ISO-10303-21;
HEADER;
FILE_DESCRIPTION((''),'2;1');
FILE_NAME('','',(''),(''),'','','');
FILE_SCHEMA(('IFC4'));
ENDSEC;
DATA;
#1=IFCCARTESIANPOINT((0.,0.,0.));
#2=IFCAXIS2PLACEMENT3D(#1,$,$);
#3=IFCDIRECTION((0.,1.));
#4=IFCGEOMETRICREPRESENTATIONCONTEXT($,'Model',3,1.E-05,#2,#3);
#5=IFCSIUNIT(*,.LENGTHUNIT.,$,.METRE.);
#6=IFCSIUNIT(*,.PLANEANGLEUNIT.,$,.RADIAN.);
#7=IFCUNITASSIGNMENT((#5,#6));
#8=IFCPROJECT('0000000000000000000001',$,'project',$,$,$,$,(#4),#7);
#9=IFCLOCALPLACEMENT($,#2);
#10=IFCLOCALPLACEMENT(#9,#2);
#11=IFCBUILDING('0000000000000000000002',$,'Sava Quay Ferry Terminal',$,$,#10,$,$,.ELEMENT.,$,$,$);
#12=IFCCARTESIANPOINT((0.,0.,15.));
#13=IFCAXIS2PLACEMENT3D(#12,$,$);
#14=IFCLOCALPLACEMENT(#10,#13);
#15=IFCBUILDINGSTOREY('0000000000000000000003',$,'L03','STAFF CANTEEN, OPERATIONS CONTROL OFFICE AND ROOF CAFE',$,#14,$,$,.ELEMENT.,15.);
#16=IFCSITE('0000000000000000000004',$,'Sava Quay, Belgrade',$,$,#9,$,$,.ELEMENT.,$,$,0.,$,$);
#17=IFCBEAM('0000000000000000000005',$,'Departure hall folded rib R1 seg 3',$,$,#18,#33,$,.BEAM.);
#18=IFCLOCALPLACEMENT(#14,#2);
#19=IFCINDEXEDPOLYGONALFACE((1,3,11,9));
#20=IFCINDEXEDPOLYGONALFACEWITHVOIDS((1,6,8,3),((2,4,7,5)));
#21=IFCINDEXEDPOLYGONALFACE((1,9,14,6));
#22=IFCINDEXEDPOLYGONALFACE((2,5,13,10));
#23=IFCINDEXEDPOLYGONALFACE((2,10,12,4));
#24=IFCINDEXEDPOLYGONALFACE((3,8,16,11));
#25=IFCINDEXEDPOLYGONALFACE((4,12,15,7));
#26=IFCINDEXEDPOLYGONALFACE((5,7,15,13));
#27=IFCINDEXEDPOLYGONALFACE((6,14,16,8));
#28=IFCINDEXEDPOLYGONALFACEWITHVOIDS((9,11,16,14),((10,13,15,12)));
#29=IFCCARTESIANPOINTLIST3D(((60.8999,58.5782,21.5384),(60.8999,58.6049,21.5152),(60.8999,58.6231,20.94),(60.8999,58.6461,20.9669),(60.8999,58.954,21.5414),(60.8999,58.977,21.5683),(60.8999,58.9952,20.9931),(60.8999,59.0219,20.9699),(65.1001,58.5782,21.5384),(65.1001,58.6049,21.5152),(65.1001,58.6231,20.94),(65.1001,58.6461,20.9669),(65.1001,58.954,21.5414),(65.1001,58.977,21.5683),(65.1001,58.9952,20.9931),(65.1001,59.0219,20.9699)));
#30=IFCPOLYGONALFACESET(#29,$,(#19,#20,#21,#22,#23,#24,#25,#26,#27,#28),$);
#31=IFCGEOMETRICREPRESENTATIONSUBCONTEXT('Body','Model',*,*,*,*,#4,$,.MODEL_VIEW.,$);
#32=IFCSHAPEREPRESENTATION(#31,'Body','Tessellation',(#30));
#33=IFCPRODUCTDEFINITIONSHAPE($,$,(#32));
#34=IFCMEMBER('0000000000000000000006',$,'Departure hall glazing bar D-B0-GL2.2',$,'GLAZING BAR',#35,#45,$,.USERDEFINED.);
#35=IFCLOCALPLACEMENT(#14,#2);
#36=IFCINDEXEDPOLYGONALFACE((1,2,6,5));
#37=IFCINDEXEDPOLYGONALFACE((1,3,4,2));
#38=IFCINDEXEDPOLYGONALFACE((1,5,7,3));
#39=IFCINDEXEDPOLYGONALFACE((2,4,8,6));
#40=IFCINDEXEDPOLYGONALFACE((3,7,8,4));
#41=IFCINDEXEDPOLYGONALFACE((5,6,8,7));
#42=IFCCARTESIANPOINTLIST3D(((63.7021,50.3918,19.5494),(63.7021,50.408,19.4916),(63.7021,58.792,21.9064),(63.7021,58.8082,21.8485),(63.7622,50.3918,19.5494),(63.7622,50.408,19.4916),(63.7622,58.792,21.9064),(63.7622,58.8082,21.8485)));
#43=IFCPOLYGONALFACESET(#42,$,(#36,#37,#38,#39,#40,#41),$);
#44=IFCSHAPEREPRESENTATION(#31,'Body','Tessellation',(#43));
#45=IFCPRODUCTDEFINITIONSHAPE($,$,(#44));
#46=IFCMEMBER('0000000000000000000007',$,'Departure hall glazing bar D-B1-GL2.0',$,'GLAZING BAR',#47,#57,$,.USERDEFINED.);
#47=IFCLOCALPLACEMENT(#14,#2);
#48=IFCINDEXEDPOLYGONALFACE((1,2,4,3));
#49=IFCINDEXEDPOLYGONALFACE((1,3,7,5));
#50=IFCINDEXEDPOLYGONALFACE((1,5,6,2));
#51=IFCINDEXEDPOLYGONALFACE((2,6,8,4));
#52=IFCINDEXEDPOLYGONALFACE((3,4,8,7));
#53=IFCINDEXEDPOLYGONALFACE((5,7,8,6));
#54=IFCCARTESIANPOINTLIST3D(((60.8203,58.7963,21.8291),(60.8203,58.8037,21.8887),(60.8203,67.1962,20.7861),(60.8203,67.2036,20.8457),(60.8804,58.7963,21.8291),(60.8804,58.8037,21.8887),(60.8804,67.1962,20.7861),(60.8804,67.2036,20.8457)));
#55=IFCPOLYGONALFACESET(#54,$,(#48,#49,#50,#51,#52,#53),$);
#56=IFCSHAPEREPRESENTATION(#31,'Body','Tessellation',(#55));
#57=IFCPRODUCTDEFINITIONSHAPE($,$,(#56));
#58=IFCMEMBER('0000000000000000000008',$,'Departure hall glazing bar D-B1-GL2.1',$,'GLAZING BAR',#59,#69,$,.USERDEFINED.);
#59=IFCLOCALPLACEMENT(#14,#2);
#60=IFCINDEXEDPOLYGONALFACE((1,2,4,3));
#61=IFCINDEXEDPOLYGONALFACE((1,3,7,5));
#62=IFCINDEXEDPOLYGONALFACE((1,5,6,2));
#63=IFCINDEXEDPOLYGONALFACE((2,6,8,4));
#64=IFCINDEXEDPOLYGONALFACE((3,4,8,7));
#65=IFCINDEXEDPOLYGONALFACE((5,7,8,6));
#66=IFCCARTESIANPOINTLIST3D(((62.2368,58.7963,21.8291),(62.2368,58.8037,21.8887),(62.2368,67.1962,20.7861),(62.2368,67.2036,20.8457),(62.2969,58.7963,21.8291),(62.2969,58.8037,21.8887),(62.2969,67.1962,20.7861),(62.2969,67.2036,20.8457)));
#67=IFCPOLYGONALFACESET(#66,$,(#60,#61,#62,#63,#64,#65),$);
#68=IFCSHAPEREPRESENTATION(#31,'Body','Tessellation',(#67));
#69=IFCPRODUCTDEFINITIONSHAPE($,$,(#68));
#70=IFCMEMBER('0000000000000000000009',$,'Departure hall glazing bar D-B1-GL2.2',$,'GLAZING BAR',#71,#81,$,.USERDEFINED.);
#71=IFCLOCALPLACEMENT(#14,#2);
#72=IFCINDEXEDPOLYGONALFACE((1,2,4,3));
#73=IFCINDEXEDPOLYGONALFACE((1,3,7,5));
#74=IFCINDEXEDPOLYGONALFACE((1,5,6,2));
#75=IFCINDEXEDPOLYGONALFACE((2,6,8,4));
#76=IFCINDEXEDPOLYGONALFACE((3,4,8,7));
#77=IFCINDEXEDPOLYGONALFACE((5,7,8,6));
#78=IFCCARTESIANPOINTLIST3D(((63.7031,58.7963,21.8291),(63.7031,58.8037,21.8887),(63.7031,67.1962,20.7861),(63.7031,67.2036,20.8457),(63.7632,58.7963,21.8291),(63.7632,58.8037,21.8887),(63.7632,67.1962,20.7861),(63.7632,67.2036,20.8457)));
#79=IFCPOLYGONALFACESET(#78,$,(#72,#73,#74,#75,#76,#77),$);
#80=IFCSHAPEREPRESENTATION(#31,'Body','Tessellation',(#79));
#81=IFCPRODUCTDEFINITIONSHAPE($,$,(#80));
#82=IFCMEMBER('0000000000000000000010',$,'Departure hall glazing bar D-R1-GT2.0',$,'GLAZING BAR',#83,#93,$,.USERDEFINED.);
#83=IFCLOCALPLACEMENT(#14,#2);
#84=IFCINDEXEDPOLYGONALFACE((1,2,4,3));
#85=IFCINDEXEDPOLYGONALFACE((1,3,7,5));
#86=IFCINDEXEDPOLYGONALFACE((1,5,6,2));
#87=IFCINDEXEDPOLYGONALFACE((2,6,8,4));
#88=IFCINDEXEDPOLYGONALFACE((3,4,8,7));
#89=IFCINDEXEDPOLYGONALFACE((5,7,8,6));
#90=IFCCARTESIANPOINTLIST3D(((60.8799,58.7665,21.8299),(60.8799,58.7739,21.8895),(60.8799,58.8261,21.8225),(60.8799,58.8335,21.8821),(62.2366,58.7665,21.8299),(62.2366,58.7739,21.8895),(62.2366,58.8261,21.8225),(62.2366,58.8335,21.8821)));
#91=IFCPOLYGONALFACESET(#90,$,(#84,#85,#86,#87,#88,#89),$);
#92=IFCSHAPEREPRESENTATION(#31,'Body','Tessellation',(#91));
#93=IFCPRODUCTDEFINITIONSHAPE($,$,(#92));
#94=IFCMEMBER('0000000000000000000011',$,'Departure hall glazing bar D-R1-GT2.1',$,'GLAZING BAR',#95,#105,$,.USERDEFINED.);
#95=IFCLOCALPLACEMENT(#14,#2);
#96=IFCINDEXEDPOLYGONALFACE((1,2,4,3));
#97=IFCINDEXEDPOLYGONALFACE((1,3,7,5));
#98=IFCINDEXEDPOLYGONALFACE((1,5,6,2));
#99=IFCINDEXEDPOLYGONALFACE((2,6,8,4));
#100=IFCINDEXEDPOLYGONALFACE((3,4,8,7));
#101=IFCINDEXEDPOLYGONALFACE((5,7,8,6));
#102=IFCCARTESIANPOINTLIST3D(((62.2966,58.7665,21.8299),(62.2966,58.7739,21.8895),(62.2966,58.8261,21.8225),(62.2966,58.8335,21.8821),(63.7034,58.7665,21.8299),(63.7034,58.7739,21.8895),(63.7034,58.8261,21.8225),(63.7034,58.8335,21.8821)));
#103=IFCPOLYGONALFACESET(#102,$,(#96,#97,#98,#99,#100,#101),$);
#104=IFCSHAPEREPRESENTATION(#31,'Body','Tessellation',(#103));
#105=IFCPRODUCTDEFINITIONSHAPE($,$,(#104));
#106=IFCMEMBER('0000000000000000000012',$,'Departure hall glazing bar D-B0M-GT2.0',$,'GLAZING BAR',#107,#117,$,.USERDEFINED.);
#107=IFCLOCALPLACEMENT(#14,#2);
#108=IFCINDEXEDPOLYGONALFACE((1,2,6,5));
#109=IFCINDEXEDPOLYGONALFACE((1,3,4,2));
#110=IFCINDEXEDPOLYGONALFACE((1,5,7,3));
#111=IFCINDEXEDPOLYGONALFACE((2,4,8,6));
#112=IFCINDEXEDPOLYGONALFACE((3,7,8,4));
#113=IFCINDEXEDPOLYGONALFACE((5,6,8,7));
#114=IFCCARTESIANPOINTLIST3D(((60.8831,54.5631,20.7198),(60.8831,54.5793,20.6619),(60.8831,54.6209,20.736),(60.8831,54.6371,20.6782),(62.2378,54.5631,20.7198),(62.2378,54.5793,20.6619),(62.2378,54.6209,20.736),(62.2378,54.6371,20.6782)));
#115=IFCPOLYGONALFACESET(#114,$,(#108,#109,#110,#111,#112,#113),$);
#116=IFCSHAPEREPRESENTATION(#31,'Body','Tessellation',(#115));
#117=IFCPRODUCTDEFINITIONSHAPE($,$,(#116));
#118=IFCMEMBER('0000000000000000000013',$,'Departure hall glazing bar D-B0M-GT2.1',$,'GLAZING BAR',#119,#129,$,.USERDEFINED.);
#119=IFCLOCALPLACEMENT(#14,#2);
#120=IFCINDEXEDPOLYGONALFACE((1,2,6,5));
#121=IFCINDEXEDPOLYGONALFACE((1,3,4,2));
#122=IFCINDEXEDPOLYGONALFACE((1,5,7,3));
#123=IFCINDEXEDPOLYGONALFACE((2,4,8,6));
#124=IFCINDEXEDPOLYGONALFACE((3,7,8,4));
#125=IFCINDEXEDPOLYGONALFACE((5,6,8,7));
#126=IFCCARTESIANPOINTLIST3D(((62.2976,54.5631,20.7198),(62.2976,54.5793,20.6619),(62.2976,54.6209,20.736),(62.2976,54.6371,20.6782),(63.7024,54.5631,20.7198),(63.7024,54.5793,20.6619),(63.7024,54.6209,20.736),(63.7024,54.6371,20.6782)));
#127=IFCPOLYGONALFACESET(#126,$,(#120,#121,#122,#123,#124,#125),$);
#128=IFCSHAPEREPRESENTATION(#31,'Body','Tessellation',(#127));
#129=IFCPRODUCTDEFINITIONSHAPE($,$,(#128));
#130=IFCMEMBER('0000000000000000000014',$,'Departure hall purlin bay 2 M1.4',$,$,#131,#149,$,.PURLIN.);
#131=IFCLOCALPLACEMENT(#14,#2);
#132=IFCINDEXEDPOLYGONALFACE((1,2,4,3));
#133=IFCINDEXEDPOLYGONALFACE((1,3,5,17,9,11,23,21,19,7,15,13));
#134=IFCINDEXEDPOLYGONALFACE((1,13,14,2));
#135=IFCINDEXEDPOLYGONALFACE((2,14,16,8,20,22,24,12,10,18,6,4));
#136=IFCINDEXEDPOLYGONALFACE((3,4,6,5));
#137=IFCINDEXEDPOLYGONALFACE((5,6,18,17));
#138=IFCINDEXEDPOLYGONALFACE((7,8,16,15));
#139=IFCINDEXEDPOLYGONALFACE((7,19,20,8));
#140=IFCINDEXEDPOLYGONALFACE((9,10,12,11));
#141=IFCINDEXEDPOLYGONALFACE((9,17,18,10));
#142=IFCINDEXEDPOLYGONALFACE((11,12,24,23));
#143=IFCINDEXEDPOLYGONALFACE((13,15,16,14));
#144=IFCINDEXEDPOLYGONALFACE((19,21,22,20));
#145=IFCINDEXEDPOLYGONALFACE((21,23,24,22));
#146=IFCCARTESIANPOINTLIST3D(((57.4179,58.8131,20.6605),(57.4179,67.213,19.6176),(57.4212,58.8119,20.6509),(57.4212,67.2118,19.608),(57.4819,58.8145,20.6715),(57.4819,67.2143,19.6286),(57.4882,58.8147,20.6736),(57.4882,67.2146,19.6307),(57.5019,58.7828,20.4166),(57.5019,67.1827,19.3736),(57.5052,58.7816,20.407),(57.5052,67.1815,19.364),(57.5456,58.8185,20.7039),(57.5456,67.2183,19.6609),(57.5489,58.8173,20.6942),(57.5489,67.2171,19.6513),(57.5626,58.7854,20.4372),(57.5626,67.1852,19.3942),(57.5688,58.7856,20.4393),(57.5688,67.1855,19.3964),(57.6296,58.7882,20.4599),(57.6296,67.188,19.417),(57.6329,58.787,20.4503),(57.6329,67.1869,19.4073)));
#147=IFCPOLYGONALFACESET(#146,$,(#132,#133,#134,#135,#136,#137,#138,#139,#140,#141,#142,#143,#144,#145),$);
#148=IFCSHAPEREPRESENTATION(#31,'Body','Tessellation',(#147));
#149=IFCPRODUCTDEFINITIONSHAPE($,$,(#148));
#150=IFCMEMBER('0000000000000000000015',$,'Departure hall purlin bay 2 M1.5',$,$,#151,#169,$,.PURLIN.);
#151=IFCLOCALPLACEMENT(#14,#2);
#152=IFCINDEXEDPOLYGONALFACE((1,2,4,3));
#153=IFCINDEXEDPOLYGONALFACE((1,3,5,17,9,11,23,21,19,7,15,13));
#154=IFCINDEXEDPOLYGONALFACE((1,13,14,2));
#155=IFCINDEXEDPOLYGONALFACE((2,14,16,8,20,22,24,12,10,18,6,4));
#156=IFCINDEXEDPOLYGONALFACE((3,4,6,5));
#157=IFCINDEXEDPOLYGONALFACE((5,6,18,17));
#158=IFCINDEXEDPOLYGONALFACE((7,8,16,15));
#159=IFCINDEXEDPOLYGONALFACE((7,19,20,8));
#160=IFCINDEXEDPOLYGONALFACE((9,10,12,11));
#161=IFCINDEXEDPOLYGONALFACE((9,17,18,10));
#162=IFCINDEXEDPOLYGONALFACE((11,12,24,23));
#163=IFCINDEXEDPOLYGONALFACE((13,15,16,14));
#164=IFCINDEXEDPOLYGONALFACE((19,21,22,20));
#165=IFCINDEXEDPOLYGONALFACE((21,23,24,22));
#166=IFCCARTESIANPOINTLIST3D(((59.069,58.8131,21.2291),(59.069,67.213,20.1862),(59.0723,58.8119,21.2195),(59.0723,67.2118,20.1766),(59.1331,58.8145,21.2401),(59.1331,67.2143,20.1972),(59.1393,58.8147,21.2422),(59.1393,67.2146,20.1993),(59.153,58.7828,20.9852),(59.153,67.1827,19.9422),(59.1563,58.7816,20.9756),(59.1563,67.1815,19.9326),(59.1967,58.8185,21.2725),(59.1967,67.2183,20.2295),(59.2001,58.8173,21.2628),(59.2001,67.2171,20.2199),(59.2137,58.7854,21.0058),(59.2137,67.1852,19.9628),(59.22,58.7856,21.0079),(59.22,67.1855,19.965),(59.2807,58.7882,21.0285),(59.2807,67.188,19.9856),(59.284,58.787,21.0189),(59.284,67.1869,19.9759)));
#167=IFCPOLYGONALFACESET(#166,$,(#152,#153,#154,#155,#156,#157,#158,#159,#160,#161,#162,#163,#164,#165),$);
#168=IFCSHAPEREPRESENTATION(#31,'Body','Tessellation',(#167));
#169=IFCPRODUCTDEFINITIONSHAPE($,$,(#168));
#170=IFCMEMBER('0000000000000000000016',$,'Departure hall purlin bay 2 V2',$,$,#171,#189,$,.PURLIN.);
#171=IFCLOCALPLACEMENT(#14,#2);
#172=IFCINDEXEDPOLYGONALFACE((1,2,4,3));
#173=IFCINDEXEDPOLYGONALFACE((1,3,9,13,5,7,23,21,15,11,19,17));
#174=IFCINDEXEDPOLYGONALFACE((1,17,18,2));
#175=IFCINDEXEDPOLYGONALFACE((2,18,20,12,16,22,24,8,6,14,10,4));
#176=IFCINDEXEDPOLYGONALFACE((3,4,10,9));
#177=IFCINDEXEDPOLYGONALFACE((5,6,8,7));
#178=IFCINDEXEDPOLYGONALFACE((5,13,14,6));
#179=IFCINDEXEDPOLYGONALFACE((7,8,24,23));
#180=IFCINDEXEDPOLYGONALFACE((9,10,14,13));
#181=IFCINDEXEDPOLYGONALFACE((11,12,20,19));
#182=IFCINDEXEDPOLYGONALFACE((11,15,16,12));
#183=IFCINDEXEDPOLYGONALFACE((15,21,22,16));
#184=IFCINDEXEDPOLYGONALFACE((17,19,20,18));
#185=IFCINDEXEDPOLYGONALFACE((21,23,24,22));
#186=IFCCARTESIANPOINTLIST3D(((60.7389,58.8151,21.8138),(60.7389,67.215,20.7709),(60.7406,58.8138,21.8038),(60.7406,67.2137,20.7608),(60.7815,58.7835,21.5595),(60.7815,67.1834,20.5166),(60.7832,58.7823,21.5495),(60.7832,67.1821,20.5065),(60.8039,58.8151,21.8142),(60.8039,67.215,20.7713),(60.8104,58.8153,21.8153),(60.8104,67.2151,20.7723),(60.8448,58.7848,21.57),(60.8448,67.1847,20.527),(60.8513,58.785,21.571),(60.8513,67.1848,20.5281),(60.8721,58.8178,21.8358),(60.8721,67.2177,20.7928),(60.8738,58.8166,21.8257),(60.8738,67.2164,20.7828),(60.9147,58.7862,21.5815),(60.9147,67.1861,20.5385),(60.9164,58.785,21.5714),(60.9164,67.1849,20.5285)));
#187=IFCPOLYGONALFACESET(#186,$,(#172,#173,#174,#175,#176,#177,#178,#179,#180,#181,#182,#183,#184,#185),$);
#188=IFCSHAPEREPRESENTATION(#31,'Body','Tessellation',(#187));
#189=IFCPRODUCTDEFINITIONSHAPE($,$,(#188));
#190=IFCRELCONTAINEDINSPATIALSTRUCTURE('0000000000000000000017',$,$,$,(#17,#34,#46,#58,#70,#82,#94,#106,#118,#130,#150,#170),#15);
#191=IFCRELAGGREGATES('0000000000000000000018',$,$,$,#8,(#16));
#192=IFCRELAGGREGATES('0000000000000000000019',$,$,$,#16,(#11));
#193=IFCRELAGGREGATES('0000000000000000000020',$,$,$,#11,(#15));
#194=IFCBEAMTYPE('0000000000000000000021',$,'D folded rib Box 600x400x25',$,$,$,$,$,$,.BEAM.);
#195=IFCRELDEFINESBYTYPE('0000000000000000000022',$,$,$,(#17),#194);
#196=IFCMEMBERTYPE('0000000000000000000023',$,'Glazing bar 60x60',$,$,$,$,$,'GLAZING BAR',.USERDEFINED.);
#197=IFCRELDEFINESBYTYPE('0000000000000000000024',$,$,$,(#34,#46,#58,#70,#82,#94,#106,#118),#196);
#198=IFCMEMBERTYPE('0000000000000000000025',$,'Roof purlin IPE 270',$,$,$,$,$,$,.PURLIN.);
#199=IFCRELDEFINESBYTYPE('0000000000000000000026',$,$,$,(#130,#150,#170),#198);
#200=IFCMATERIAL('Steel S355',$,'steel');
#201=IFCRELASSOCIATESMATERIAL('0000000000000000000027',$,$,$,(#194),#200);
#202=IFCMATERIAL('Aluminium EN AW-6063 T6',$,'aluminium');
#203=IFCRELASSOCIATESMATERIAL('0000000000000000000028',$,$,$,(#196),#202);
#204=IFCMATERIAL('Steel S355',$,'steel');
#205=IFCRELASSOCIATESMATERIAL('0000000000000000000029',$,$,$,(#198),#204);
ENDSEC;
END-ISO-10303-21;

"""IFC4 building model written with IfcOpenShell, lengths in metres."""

from ifc_helpers import new_model, si_unit, direction, frame, origin, origin_2d, place, context, subcontext, project, spatial, polyline, rectangle, i_section, outline, extrude, material, material_profile, profile_set, type_object, element, save


model = new_model("IFC4")

# Units and contexts
model_context = context("Model", 3, precision=1e-05, world=origin(), true_north=direction((0.0, 1.0)))
body_context = subcontext(model_context, "Body", "Model", "MODEL_VIEW")
ifc_project = project(units=[si_unit("LENGTHUNIT", "METRE"), si_unit("PLANEANGLEUNIT", "RADIAN")], contexts=[model_context])

# Site, building, storey
site_placement = place(None, origin())
site = spatial("IfcSite", under=ifc_project, at=site_placement, Name="Sava Quay, Belgrade", CompositionType="ELEMENT", RefElevation=0.0)
building_placement = place(site_placement, origin())
building = spatial("IfcBuilding", under=site, at=building_placement, Name="Sava Quay Ferry Terminal", CompositionType="ELEMENT")
storey_placement = place(building_placement, frame((0.0, 0.0, 15.0)))
storey = spatial("IfcBuildingStorey", under=building, at=storey_placement, Name="L03", Description="STAFF CANTEEN, OPERATIONS CONTROL OFFICE AND ROOF CAFE", CompositionType="ELEMENT", Elevation=15.0)

# Beam
ifc_material_1 = material(Name="Steel S355", Category="steel")
ifc_material_profile_1 = material_profile(ifc_material_1, outline(polyline([(-0.2, -0.3), (0.2, -0.3), (0.2, 0.3), (-0.2, 0.3), (-0.2, -0.3)]), holes=[polyline([(-0.175, -0.2749), (-0.175, 0.2749), (0.175, 0.2749), (0.175, -0.2749), (-0.175, -0.2749)])]), Name="Box 600x400x25 built-up")
ifc_profile_set_1 = profile_set([ifc_material_profile_1], Name="Steel S355")
beam_type = type_object("IfcBeamType", Name="D folded rib Box 600x400x25", PredefinedType="BEAM", material=ifc_profile_set_1)
beam_placement = place(storey_placement, frame((60.8999, 58.8, 21.2542), z_axis=(1.0, 0.0, 0.0), x_axis=(0.0, 0.997188, 0.074943)))
element("IfcBeam", 1, at=beam_placement, inside=storey, type_object=beam_type, Name="Departure hall folded rib R1 seg 3", PredefinedType="BEAM", context=body_context, shape_type="SweptSolid", body=[
    extrude(outline(polyline([(-0.2, -0.3), (0.2, -0.3), (0.2, 0.3), (-0.2, 0.3), (-0.2, -0.3)]), holes=[polyline([(-0.175, -0.2749), (-0.175, 0.2749), (0.175, 0.2749), (0.175, -0.2749), (-0.175, -0.2749)])]), origin(), (0.0, 0.0, 1.0), 4.2002),
])

# Members
ifc_material_2 = material(Name="Aluminium EN AW-6063 T6", Category="aluminium")
ifc_material_profile_2 = material_profile(ifc_material_2, rectangle(XDim=0.0601, YDim=0.0601, at=origin_2d()), Name="Bar 60 x 60")
ifc_profile_set_2 = profile_set([ifc_material_profile_2], Name="Aluminium EN AW-6063 T6")
member_type_1 = type_object("IfcMemberType", Name="Glazing bar 60x60", ElementType="GLAZING BAR", PredefinedType="USERDEFINED", material=ifc_profile_set_2)
member_1_placement = place(storey_placement, frame((63.7322, 50.3999, 19.5205), z_axis=(0.0, 0.962818, 0.27015), x_axis=(-1.0, 0.0, 0.0)))
element("IfcMember", 2, at=member_1_placement, inside=storey, type_object=member_type_1, Name="Departure hall glazing bar D-B0-GL2.2", ObjectType="GLAZING BAR", PredefinedType="USERDEFINED", context=body_context, shape_type="SweptSolid", body=[
    extrude(rectangle(XDim=0.0601, YDim=0.0601, at=origin_2d()), origin(), (0.0, 0.0, 1.0), 8.7246),
])
for number, where, z_axis, x_axis, name in (
    (3, (60.8503, 58.8, 21.8589), (0.0, 0.99238, -0.123218), (-1.0, 0.0, 0.0), "Departure hall glazing bar D-B1-GL2.0"),
    (4, (62.2668, 58.8, 21.8589), (0.0, 0.99238, -0.123218), (-1.0, 0.0, 0.0), "Departure hall glazing bar D-B1-GL2.1"),
    (5, (63.7332, 58.8, 21.8589), (0.0, 0.99238, -0.123218), (-1.0, 0.0, 0.0), "Departure hall glazing bar D-B1-GL2.2"),
):
    element("IfcMember", number, at=place(storey_placement, frame(where, z_axis=z_axis, x_axis=x_axis)), inside=storey, type_object=member_type_1, Name=name, ObjectType="GLAZING BAR", PredefinedType="USERDEFINED", context=body_context, shape_type="SweptSolid", body=[
        extrude(rectangle(XDim=0.0601, YDim=0.0601, at=origin_2d()), origin(), (0.0, 0.0, 1.0), 8.4644),
    ])
member_2_placement = place(storey_placement, frame((60.8799, 58.8, 21.856), z_axis=(1.0, 0.0, 0.0), x_axis=(0.0, 0.992379, -0.12322)))
element("IfcMember", 6, at=member_2_placement, inside=storey, type_object=member_type_1, Name="Departure hall glazing bar D-R1-GT2.0", ObjectType="GLAZING BAR", PredefinedType="USERDEFINED", context=body_context, shape_type="SweptSolid", body=[
    extrude(rectangle(XDim=0.0601, YDim=0.0601, at=origin_2d()), origin(), (0.0, 0.0, 1.0), 1.3567),
])
member_3_placement = place(storey_placement, frame((62.2966, 58.8, 21.856), z_axis=(1.0, 0.0, 0.0), x_axis=(0.0, 0.992379, -0.12322)))
element("IfcMember", 7, at=member_3_placement, inside=storey, type_object=member_type_1, Name="Departure hall glazing bar D-R1-GT2.1", ObjectType="GLAZING BAR", PredefinedType="USERDEFINED", context=body_context, shape_type="SweptSolid", body=[
    extrude(rectangle(XDim=0.0601, YDim=0.0601, at=origin_2d()), origin(), (0.0, 0.0, 1.0), 1.4067),
])
member_4_placement = place(storey_placement, frame((60.8831, 54.6001, 20.699), z_axis=(1.0, 0.0, 0.0), x_axis=(0.0, 0.962815, 0.270161)))
element("IfcMember", 8, at=member_4_placement, inside=storey, type_object=member_type_1, Name="Departure hall glazing bar D-B0M-GT2.0", ObjectType="GLAZING BAR", PredefinedType="USERDEFINED", context=body_context, shape_type="SweptSolid", body=[
    extrude(rectangle(XDim=0.0601, YDim=0.0601, at=origin_2d()), origin(), (0.0, 0.0, 1.0), 1.3547),
])
member_5_placement = place(storey_placement, frame((62.2976, 54.6001, 20.699), z_axis=(1.0, 0.0, 0.0), x_axis=(0.0, 0.962815, 0.270161)))
element("IfcMember", 9, at=member_5_placement, inside=storey, type_object=member_type_1, Name="Departure hall glazing bar D-B0M-GT2.1", ObjectType="GLAZING BAR", PredefinedType="USERDEFINED", context=body_context, shape_type="SweptSolid", body=[
    extrude(rectangle(XDim=0.0601, YDim=0.0601, at=origin_2d()), origin(), (0.0, 0.0, 1.0), 1.4048),
])
ifc_material_3 = material(Name="Steel S355", Category="steel")
ifc_material_profile_3 = material_profile(ifc_material_3, i_section(OverallWidth=0.135, OverallDepth=0.27, WebThickness=0.0066, FlangeThickness=0.0103, at=origin_2d()), Name="IPE 270")
ifc_profile_set_3 = profile_set([ifc_material_profile_3], Name="Steel S355")
member_type_2 = type_object("IfcMemberType", Name="Roof purlin IPE 270", PredefinedType="PURLIN", material=ifc_profile_set_3)
for number, where, z_axis, x_axis, name in (
    (10, (57.5254, 58.8, 20.5554), (0.0, 0.99238, -0.123218), (-0.94628, -0.039842, -0.320883), "Departure hall purlin bay 2 M1.4"),
    (11, (59.1765, 58.8, 21.124), (0.0, 0.99238, -0.123218), (-0.94628, -0.039842, -0.320883), "Departure hall purlin bay 2 M1.5"),
    (12, (60.8276, 58.8, 21.6926), (0.0, 0.99238, -0.123218), (-0.986479, -0.020194, -0.162641), "Departure hall purlin bay 2 V2"),
):
    element("IfcMember", number, at=place(storey_placement, frame(where, z_axis=z_axis, x_axis=x_axis)), inside=storey, type_object=member_type_2, Name=name, PredefinedType="PURLIN", context=body_context, shape_type="SweptSolid", body=[
        extrude(i_section(OverallWidth=0.135, OverallDepth=0.27, WebThickness=0.0066, FlangeThickness=0.0103, at=origin_2d()), origin(), (0.0, 0.0, 1.0), 8.4644),
    ])

save(model, "model.ifc")
